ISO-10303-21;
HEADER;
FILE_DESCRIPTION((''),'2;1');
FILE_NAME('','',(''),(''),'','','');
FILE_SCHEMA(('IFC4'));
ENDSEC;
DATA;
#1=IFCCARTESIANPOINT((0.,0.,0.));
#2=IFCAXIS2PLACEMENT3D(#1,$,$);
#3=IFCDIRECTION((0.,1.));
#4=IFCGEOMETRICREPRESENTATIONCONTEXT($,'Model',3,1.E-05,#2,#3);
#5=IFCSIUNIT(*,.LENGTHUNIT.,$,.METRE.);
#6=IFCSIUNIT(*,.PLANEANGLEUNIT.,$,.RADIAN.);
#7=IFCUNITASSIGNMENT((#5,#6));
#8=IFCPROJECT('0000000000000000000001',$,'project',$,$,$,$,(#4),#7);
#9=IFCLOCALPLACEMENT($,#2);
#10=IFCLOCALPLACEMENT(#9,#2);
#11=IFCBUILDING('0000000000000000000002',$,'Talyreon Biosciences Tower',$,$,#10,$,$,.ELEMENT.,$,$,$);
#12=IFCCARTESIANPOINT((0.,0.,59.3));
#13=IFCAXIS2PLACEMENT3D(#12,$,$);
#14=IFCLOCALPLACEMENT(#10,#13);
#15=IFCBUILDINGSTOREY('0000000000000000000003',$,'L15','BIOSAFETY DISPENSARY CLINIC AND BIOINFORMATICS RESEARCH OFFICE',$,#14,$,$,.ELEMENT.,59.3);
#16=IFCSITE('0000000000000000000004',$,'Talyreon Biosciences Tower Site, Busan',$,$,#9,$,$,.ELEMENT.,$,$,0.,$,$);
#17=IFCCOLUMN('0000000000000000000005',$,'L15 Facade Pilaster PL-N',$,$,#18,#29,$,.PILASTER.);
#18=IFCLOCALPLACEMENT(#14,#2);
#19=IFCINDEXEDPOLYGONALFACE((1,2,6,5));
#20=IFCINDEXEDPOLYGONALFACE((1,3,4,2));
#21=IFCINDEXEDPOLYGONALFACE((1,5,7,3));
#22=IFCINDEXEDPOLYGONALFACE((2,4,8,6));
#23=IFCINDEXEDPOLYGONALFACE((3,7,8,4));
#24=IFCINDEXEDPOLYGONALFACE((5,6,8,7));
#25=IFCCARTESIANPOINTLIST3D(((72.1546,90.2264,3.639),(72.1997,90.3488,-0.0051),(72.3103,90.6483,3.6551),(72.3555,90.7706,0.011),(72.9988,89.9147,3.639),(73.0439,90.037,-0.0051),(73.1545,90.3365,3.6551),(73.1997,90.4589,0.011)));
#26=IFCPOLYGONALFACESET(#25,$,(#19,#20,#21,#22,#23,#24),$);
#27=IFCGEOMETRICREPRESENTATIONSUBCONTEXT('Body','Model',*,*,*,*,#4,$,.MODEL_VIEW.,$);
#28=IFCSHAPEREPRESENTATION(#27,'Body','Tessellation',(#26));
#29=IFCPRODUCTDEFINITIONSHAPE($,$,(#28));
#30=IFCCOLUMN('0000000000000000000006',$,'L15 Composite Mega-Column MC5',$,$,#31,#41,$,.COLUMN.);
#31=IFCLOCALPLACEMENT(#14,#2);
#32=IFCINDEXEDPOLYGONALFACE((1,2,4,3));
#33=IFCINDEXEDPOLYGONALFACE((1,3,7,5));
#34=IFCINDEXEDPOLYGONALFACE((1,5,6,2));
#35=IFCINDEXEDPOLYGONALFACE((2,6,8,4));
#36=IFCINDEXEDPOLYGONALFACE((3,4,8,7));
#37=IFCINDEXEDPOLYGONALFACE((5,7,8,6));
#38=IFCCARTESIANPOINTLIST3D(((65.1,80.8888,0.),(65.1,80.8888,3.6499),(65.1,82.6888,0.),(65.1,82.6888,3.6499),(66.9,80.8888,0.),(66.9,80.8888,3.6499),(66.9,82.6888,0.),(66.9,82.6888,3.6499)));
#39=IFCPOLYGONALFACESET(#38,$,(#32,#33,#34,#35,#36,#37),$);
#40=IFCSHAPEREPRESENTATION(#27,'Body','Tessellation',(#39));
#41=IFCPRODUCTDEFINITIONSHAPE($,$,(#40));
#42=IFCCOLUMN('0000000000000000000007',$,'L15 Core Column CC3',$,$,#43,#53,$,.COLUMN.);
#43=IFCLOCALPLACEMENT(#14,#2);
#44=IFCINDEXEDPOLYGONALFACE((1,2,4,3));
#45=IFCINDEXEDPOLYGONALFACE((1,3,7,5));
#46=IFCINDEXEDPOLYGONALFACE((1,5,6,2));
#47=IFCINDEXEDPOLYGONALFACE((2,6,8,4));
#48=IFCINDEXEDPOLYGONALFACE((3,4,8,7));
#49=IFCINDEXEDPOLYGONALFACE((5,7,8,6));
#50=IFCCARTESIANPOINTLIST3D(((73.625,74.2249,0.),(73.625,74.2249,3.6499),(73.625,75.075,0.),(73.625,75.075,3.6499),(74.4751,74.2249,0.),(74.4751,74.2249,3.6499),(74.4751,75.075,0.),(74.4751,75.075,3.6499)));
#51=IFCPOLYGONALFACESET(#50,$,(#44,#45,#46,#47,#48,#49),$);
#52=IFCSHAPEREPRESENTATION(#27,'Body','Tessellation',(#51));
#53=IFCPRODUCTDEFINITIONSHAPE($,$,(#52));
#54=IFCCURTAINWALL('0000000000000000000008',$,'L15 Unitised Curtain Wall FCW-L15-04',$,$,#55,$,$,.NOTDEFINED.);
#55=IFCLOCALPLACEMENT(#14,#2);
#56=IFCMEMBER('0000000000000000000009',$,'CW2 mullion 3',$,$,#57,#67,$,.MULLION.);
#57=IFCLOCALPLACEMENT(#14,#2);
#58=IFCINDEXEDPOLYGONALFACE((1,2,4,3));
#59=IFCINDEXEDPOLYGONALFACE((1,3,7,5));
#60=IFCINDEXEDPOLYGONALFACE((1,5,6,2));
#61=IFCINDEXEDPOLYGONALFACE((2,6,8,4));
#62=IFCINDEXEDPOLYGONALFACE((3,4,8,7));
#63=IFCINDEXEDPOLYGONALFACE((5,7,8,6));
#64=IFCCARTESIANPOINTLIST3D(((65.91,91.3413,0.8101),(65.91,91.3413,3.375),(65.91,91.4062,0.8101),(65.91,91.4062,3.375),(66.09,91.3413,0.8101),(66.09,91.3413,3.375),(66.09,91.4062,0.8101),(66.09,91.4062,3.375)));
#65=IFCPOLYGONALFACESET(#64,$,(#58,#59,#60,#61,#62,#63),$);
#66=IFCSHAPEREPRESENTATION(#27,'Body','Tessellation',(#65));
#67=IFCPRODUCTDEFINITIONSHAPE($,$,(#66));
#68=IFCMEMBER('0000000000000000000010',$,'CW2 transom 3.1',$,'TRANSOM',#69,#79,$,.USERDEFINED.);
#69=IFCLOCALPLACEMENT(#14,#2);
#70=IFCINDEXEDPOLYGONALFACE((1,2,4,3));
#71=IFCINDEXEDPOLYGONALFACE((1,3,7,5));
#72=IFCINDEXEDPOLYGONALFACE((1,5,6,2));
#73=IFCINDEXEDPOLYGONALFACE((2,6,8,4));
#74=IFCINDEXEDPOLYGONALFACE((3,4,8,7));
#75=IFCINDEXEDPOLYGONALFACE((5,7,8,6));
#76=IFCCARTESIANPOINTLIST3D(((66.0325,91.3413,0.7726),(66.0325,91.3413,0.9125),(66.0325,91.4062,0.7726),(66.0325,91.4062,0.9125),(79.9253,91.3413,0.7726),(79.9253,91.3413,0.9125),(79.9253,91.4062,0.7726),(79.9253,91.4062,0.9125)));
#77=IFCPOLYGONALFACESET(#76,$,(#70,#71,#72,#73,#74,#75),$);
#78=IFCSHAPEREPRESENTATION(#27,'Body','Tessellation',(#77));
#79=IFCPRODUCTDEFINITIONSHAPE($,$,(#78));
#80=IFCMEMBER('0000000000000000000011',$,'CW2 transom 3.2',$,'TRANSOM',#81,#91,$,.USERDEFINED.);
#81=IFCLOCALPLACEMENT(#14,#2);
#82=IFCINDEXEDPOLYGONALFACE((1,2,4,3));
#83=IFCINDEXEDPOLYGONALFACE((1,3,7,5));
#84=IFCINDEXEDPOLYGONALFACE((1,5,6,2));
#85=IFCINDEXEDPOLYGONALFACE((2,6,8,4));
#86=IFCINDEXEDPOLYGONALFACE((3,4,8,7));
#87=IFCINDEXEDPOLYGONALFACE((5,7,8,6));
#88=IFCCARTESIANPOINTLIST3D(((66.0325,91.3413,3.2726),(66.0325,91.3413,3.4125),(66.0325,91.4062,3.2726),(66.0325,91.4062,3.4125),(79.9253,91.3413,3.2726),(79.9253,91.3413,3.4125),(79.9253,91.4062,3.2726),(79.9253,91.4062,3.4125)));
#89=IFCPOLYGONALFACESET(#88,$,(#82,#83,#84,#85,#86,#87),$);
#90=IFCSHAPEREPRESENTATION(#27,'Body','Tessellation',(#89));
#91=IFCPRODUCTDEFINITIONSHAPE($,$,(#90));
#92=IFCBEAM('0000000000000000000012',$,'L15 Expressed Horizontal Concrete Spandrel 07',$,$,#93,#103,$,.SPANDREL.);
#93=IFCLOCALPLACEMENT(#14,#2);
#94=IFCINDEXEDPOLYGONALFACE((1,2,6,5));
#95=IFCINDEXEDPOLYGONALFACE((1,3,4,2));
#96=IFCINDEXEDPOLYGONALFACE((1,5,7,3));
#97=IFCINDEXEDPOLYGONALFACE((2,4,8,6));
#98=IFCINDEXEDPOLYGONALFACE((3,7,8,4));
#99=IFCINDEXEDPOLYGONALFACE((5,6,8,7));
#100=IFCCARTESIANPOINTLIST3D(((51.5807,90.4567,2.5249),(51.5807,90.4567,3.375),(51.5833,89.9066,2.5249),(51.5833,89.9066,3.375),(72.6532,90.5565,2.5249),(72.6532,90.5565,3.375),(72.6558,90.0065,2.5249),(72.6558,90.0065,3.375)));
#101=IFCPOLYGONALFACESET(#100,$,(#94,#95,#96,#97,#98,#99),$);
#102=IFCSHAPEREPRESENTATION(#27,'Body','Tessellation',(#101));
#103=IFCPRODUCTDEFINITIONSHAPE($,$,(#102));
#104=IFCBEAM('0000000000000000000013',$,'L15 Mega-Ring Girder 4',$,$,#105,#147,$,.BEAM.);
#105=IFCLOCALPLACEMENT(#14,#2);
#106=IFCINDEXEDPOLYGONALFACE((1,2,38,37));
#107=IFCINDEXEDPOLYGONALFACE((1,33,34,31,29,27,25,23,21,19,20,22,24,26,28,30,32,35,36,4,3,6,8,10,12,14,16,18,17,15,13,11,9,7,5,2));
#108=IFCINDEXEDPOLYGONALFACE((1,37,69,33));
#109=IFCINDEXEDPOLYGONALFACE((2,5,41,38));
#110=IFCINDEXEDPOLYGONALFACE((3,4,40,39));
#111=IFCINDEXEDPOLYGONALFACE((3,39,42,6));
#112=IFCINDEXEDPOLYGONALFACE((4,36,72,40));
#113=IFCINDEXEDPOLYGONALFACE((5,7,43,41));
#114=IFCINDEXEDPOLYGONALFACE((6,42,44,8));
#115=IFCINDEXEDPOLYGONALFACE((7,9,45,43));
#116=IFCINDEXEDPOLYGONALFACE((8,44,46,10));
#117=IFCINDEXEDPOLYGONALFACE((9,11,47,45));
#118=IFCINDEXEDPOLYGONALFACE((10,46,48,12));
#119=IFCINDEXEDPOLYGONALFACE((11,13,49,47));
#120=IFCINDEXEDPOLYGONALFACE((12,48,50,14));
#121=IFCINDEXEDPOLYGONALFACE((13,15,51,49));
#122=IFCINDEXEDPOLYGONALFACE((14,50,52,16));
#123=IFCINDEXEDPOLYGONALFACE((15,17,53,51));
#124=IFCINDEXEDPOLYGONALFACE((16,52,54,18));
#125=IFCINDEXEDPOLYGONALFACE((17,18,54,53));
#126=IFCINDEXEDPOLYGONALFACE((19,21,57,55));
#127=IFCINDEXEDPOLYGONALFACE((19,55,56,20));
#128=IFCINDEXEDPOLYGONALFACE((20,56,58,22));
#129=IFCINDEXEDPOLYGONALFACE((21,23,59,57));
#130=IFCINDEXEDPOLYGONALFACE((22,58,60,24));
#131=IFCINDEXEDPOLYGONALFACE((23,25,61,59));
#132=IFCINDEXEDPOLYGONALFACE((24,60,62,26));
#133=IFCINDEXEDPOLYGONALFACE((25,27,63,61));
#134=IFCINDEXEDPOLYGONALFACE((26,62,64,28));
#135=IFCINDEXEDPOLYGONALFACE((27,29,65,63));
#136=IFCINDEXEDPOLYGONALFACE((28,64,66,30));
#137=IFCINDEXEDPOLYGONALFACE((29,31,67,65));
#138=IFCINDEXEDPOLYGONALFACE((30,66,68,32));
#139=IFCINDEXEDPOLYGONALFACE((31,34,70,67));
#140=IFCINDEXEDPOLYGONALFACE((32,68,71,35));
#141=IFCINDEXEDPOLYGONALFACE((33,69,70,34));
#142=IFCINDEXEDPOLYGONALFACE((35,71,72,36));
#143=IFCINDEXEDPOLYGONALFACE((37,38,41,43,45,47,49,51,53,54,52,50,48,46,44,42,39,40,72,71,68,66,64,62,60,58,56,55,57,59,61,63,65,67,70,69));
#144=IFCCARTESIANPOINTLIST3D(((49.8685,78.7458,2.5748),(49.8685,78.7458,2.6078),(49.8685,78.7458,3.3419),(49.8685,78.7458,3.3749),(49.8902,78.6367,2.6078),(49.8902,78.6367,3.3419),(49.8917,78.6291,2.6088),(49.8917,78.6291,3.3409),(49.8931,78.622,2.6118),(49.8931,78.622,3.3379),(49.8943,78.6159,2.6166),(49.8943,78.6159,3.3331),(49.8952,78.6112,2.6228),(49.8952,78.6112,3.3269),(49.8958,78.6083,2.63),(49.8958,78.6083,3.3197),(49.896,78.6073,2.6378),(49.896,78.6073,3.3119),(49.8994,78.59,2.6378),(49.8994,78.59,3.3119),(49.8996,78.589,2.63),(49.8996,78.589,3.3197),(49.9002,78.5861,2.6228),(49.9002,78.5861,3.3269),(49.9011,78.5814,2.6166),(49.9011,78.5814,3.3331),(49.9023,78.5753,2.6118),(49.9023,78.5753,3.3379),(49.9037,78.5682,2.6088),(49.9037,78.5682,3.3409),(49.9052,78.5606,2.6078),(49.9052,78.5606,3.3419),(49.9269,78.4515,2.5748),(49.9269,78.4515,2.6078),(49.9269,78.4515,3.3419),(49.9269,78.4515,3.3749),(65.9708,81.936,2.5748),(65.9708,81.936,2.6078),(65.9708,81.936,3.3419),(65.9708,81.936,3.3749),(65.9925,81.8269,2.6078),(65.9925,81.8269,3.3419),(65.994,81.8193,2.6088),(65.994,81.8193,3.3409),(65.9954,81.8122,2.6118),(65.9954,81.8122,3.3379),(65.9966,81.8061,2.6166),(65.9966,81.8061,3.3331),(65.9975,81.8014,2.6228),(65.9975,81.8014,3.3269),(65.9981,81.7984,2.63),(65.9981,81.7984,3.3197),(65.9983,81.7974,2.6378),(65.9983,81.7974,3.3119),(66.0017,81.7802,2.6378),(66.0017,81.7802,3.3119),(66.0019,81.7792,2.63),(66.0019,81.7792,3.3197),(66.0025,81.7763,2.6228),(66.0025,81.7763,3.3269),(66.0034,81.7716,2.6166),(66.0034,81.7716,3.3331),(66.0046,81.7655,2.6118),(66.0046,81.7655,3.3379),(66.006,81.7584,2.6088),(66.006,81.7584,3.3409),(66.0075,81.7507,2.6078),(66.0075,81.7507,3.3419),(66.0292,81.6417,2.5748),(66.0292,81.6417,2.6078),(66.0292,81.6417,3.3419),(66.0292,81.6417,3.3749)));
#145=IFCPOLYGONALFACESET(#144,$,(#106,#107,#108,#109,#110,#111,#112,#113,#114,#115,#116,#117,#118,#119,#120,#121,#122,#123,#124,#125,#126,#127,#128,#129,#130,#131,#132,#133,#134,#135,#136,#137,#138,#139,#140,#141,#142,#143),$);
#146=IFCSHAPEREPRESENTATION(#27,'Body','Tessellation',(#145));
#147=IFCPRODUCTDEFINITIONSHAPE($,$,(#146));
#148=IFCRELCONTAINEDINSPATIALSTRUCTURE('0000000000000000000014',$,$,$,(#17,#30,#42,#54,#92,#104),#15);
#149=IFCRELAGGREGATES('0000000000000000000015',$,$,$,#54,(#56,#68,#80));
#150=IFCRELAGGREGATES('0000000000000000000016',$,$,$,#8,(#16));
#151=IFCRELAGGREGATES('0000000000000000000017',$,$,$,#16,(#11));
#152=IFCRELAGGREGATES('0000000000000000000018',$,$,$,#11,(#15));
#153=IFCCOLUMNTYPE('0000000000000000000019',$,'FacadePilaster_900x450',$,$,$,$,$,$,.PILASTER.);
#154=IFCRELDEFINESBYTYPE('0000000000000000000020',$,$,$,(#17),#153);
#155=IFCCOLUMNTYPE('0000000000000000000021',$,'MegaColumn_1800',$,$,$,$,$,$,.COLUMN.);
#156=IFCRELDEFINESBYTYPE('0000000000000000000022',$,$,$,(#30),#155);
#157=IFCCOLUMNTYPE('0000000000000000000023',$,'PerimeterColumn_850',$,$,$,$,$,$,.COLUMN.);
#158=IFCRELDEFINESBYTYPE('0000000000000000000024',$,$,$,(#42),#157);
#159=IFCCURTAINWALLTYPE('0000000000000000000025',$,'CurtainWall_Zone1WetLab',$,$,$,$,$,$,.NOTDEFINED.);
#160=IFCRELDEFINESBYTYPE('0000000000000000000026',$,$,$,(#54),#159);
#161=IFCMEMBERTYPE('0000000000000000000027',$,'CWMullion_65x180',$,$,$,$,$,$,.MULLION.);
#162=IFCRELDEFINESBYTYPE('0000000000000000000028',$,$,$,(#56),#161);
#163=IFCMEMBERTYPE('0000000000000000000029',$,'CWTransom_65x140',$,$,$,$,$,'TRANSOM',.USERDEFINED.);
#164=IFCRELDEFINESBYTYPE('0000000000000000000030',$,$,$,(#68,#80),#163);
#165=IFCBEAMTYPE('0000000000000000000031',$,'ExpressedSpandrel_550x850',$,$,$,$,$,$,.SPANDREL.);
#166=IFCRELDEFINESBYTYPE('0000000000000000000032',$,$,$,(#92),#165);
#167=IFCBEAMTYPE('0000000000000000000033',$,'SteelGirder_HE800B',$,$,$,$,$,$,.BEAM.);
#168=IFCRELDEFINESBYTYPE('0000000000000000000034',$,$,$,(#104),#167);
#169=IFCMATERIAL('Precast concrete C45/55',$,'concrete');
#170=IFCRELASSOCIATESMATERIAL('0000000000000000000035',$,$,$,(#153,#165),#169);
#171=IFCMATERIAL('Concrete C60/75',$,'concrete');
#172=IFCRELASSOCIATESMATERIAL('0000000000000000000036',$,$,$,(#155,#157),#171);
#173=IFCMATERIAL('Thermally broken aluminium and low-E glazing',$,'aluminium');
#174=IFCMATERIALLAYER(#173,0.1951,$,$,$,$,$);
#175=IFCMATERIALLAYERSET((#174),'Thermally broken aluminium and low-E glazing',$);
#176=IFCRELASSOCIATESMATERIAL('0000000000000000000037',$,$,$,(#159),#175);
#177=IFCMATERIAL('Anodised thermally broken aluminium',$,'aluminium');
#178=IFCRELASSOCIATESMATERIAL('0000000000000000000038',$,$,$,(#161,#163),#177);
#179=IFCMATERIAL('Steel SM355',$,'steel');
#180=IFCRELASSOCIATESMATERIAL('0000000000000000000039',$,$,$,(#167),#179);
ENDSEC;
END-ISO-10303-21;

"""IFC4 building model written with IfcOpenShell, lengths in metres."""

from ifc_helpers import new_model, si_unit, direction, frame, origin, origin_2d, place, context, subcontext, project, spatial, rectangle, i_section, extrude, material, layer, layer_set, material_profile, profile_set, type_object, element, aggregate, save


model = new_model("IFC4")

# Units and contexts
model_context = context("Model", 3, precision=1e-05, world=origin(), true_north=direction((0.0, 1.0)))
body_context = subcontext(model_context, "Body", "Model", "MODEL_VIEW")
ifc_project = project(units=[si_unit("LENGTHUNIT", "METRE"), si_unit("PLANEANGLEUNIT", "RADIAN")], contexts=[model_context])

# Site, building, storey
site_placement = place(None, origin())
site = spatial("IfcSite", under=ifc_project, at=site_placement, Name="Talyreon Biosciences Tower Site, Busan", CompositionType="ELEMENT", RefElevation=0.0)
building_placement = place(site_placement, origin())
building = spatial("IfcBuilding", under=site, at=building_placement, Name="Talyreon Biosciences Tower", CompositionType="ELEMENT")
storey_placement = place(building_placement, frame((0.0, 0.0, 59.3)))
storey = spatial("IfcBuildingStorey", under=building, at=storey_placement, Name="L15", Description="BIOSAFETY DISPENSARY CLINIC AND BIOINFORMATICS RESEARCH OFFICE", CompositionType="ELEMENT", Elevation=59.3)

# Columns
ifc_material_1 = material(Name="Precast concrete C45/55", Category="concrete")
ifc_material_profile_1 = material_profile(ifc_material_1, rectangle(XDim=0.8999, YDim=0.45, at=origin_2d()), Name="RC 900x450")
ifc_profile_set_1 = profile_set([ifc_material_profile_1], Name="Precast concrete C45/55")
column_type_1 = type_object("IfcColumnType", Name="FacadePilaster_900x450", PredefinedType="PILASTER", material=ifc_profile_set_1)
column_1_placement = place(storey_placement, frame((72.6997, 90.4038, 0.0029), z_axis=(-0.012387, -0.033544, 0.99936), x_axis=(-0.938087, 0.346399, 0.0)))
element("IfcColumn", 1, at=column_1_placement, inside=storey, type_object=column_type_1, Name="L15 Facade Pilaster PL-N", PredefinedType="PILASTER", context=body_context, shape_type="SweptSolid", body=[
    extrude(rectangle(XDim=0.8999, YDim=0.45, at=origin_2d()), origin(), (0.0, 0.0, 1.0), 3.6465),
])
ifc_material_2 = material(Name="Concrete C60/75", Category="concrete")
ifc_material_profile_2 = material_profile(ifc_material_2, rectangle(XDim=1.8, YDim=1.8, at=origin_2d()), Name="RC 1800x1800")
ifc_profile_set_2 = profile_set([ifc_material_profile_2], Name="Concrete C60/75")
column_type_2 = type_object("IfcColumnType", Name="MegaColumn_1800", PredefinedType="COLUMN", material=ifc_profile_set_2)
column_2_placement = place(storey_placement, frame((66.0, 81.7888, 0.0), z_axis=(0.0, 0.0, 1.0), x_axis=(1.0, 0.0, 0.0)))
element("IfcColumn", 2, at=column_2_placement, inside=storey, type_object=column_type_2, Name="L15 Composite Mega-Column MC5", PredefinedType="COLUMN", context=body_context, shape_type="SweptSolid", body=[
    extrude(rectangle(XDim=1.8, YDim=1.8, at=origin_2d()), origin(), (0.0, 0.0, 1.0), 3.6499),
])
ifc_material_profile_3 = material_profile(ifc_material_2, rectangle(XDim=0.8501, YDim=0.8501, at=origin_2d()), Name="RC 850x850")
ifc_profile_set_3 = profile_set([ifc_material_profile_3], Name="Concrete C60/75")
column_type_3 = type_object("IfcColumnType", Name="PerimeterColumn_850", PredefinedType="COLUMN", material=ifc_profile_set_3)
column_3_placement = place(storey_placement, frame((74.05, 74.6499, 0.0), z_axis=(0.0, 0.0, 1.0), x_axis=(1.0, 0.0, 0.0)))
element("IfcColumn", 3, at=column_3_placement, inside=storey, type_object=column_type_3, Name="L15 Core Column CC3", PredefinedType="COLUMN", context=body_context, shape_type="SweptSolid", body=[
    extrude(rectangle(XDim=0.8501, YDim=0.8501, at=origin_2d()), origin(), (0.0, 0.0, 1.0), 3.6499),
])

# Curtain wall, members
ifc_material_3 = material(Name="Thermally broken aluminium and low-E glazing", Category="aluminium")
ifc_layer_1 = layer(ifc_material_3, 0.1951)
ifc_layer_set_1 = layer_set([ifc_layer_1], Name="Thermally broken aluminium and low-E glazing")
curtain_wall_type = type_object("IfcCurtainWallType", Name="CurtainWall_Zone1WetLab", PredefinedType="NOTDEFINED", material=ifc_layer_set_1)
curtain_wall_placement = place(storey_placement, origin())
curtain_wall = element("IfcCurtainWall", 4, at=curtain_wall_placement, inside=storey, type_object=curtain_wall_type, Name="L15 Unitised Curtain Wall FCW-L15-04", PredefinedType="NOTDEFINED")
ifc_material_4 = material(Name="Anodised thermally broken aluminium", Category="aluminium")
ifc_material_profile_4 = material_profile(ifc_material_4, rectangle(XDim=0.0649, YDim=0.1799, at=origin_2d()), Name="ALUM MULLION 65x180")
ifc_profile_set_4 = profile_set([ifc_material_profile_4], Name="Anodised thermally broken aluminium")
member_type_1 = type_object("IfcMemberType", Name="CWMullion_65x180", PredefinedType="MULLION", material=ifc_profile_set_4)
member_1_placement = place(storey_placement, frame((66.0, 91.3738, 0.8101), z_axis=(0.0, 0.0, 1.0), x_axis=(0.0, 1.0, 0.0)))
member_1 = element("IfcMember", 5, at=member_1_placement, type_object=member_type_1, Name="CW2 mullion 3", PredefinedType="MULLION", context=body_context, shape_type="SweptSolid", body=[
    extrude(rectangle(XDim=0.0649, YDim=0.1799, at=origin_2d()), origin(), (0.0, 0.0, 1.0), 2.5649),
])
ifc_material_profile_5 = material_profile(ifc_material_4, rectangle(XDim=0.0649, YDim=0.1399, at=origin_2d()), Name="ALUM TRANSOM 65x140")
ifc_profile_set_5 = profile_set([ifc_material_profile_5], Name="Anodised thermally broken aluminium")
member_type_2 = type_object("IfcMemberType", Name="CWTransom_65x140", ElementType="TRANSOM", PredefinedType="USERDEFINED", material=ifc_profile_set_5)
member_2_placement = place(storey_placement, frame((66.0325, 91.3738, 0.8425), z_axis=(1.0, 0.0, 0.0), x_axis=(0.0, 1.0, 0.0)))
member_2 = element("IfcMember", 6, at=member_2_placement, type_object=member_type_2, Name="CW2 transom 3.1", ObjectType="TRANSOM", PredefinedType="USERDEFINED", context=body_context, shape_type="SweptSolid", body=[
    extrude(rectangle(XDim=0.0649, YDim=0.1399, at=origin_2d()), origin(), (0.0, 0.0, 1.0), 13.8928),
])
member_3_placement = place(storey_placement, frame((66.0325, 91.3738, 3.3425), z_axis=(1.0, 0.0, 0.0), x_axis=(0.0, 1.0, 0.0)))
member_3 = element("IfcMember", 7, at=member_3_placement, type_object=member_type_2, Name="CW2 transom 3.2", ObjectType="TRANSOM", PredefinedType="USERDEFINED", context=body_context, shape_type="SweptSolid", body=[
    extrude(rectangle(XDim=0.0649, YDim=0.1399, at=origin_2d()), origin(), (0.0, 0.0, 1.0), 13.8928),
])

# Beams
ifc_material_profile_6 = material_profile(ifc_material_1, rectangle(XDim=0.55, YDim=0.8501, at=origin_2d()), Name="RCB 550x850")
ifc_profile_set_6 = profile_set([ifc_material_profile_6], Name="Precast concrete C45/55")
beam_type_1 = type_object("IfcBeamType", Name="ExpressedSpandrel_550x850", PredefinedType="SPANDREL", material=ifc_profile_set_6)
beam_1_placement = place(storey_placement, frame((72.6545, 90.2815, 2.95), z_axis=(-0.999989, -0.004739, 0.0), x_axis=(0.004739, -0.999989, 0.0)))
element("IfcBeam", 8, at=beam_1_placement, inside=storey, type_object=beam_type_1, Name="L15 Expressed Horizontal Concrete Spandrel 07", PredefinedType="SPANDREL", context=body_context, shape_type="SweptSolid", body=[
    extrude(rectangle(XDim=0.55, YDim=0.8501, at=origin_2d()), origin(), (0.0, 0.0, 1.0), 21.0728),
])
ifc_material_5 = material(Name="Steel SM355", Category="steel")
ifc_material_profile_7 = material_profile(ifc_material_5, i_section(OverallWidth=0.3, OverallDepth=0.8, WebThickness=0.0176, FlangeThickness=0.033, FilletRadius=0.03, at=origin_2d()), Name="HE800B")
ifc_profile_set_7 = profile_set([ifc_material_profile_7], Name="Steel SM355")
beam_type_2 = type_object("IfcBeamType", Name="SteelGirder_HE800B", PredefinedType="BEAM", material=ifc_profile_set_7)
beam_2_placement = place(storey_placement, frame((66.0, 81.7888, 2.9749), z_axis=(-0.980934, -0.194343, 0.0), x_axis=(0.194343, -0.980934, 0.0)))
element("IfcBeam", 9, at=beam_2_placement, inside=storey, type_object=beam_type_2, Name="L15 Mega-Ring Girder 4", PredefinedType="BEAM", context=body_context, shape_type="SweptSolid", body=[
    extrude(i_section(OverallWidth=0.3, OverallDepth=0.8, WebThickness=0.0176, FlangeThickness=0.033, FilletRadius=0.03, at=origin_2d()), origin(), (0.0, 0.0, 1.0), 16.4153),
])

aggregate(curtain_wall, [member_1, member_2, member_3])

save(model, "model.ifc")
